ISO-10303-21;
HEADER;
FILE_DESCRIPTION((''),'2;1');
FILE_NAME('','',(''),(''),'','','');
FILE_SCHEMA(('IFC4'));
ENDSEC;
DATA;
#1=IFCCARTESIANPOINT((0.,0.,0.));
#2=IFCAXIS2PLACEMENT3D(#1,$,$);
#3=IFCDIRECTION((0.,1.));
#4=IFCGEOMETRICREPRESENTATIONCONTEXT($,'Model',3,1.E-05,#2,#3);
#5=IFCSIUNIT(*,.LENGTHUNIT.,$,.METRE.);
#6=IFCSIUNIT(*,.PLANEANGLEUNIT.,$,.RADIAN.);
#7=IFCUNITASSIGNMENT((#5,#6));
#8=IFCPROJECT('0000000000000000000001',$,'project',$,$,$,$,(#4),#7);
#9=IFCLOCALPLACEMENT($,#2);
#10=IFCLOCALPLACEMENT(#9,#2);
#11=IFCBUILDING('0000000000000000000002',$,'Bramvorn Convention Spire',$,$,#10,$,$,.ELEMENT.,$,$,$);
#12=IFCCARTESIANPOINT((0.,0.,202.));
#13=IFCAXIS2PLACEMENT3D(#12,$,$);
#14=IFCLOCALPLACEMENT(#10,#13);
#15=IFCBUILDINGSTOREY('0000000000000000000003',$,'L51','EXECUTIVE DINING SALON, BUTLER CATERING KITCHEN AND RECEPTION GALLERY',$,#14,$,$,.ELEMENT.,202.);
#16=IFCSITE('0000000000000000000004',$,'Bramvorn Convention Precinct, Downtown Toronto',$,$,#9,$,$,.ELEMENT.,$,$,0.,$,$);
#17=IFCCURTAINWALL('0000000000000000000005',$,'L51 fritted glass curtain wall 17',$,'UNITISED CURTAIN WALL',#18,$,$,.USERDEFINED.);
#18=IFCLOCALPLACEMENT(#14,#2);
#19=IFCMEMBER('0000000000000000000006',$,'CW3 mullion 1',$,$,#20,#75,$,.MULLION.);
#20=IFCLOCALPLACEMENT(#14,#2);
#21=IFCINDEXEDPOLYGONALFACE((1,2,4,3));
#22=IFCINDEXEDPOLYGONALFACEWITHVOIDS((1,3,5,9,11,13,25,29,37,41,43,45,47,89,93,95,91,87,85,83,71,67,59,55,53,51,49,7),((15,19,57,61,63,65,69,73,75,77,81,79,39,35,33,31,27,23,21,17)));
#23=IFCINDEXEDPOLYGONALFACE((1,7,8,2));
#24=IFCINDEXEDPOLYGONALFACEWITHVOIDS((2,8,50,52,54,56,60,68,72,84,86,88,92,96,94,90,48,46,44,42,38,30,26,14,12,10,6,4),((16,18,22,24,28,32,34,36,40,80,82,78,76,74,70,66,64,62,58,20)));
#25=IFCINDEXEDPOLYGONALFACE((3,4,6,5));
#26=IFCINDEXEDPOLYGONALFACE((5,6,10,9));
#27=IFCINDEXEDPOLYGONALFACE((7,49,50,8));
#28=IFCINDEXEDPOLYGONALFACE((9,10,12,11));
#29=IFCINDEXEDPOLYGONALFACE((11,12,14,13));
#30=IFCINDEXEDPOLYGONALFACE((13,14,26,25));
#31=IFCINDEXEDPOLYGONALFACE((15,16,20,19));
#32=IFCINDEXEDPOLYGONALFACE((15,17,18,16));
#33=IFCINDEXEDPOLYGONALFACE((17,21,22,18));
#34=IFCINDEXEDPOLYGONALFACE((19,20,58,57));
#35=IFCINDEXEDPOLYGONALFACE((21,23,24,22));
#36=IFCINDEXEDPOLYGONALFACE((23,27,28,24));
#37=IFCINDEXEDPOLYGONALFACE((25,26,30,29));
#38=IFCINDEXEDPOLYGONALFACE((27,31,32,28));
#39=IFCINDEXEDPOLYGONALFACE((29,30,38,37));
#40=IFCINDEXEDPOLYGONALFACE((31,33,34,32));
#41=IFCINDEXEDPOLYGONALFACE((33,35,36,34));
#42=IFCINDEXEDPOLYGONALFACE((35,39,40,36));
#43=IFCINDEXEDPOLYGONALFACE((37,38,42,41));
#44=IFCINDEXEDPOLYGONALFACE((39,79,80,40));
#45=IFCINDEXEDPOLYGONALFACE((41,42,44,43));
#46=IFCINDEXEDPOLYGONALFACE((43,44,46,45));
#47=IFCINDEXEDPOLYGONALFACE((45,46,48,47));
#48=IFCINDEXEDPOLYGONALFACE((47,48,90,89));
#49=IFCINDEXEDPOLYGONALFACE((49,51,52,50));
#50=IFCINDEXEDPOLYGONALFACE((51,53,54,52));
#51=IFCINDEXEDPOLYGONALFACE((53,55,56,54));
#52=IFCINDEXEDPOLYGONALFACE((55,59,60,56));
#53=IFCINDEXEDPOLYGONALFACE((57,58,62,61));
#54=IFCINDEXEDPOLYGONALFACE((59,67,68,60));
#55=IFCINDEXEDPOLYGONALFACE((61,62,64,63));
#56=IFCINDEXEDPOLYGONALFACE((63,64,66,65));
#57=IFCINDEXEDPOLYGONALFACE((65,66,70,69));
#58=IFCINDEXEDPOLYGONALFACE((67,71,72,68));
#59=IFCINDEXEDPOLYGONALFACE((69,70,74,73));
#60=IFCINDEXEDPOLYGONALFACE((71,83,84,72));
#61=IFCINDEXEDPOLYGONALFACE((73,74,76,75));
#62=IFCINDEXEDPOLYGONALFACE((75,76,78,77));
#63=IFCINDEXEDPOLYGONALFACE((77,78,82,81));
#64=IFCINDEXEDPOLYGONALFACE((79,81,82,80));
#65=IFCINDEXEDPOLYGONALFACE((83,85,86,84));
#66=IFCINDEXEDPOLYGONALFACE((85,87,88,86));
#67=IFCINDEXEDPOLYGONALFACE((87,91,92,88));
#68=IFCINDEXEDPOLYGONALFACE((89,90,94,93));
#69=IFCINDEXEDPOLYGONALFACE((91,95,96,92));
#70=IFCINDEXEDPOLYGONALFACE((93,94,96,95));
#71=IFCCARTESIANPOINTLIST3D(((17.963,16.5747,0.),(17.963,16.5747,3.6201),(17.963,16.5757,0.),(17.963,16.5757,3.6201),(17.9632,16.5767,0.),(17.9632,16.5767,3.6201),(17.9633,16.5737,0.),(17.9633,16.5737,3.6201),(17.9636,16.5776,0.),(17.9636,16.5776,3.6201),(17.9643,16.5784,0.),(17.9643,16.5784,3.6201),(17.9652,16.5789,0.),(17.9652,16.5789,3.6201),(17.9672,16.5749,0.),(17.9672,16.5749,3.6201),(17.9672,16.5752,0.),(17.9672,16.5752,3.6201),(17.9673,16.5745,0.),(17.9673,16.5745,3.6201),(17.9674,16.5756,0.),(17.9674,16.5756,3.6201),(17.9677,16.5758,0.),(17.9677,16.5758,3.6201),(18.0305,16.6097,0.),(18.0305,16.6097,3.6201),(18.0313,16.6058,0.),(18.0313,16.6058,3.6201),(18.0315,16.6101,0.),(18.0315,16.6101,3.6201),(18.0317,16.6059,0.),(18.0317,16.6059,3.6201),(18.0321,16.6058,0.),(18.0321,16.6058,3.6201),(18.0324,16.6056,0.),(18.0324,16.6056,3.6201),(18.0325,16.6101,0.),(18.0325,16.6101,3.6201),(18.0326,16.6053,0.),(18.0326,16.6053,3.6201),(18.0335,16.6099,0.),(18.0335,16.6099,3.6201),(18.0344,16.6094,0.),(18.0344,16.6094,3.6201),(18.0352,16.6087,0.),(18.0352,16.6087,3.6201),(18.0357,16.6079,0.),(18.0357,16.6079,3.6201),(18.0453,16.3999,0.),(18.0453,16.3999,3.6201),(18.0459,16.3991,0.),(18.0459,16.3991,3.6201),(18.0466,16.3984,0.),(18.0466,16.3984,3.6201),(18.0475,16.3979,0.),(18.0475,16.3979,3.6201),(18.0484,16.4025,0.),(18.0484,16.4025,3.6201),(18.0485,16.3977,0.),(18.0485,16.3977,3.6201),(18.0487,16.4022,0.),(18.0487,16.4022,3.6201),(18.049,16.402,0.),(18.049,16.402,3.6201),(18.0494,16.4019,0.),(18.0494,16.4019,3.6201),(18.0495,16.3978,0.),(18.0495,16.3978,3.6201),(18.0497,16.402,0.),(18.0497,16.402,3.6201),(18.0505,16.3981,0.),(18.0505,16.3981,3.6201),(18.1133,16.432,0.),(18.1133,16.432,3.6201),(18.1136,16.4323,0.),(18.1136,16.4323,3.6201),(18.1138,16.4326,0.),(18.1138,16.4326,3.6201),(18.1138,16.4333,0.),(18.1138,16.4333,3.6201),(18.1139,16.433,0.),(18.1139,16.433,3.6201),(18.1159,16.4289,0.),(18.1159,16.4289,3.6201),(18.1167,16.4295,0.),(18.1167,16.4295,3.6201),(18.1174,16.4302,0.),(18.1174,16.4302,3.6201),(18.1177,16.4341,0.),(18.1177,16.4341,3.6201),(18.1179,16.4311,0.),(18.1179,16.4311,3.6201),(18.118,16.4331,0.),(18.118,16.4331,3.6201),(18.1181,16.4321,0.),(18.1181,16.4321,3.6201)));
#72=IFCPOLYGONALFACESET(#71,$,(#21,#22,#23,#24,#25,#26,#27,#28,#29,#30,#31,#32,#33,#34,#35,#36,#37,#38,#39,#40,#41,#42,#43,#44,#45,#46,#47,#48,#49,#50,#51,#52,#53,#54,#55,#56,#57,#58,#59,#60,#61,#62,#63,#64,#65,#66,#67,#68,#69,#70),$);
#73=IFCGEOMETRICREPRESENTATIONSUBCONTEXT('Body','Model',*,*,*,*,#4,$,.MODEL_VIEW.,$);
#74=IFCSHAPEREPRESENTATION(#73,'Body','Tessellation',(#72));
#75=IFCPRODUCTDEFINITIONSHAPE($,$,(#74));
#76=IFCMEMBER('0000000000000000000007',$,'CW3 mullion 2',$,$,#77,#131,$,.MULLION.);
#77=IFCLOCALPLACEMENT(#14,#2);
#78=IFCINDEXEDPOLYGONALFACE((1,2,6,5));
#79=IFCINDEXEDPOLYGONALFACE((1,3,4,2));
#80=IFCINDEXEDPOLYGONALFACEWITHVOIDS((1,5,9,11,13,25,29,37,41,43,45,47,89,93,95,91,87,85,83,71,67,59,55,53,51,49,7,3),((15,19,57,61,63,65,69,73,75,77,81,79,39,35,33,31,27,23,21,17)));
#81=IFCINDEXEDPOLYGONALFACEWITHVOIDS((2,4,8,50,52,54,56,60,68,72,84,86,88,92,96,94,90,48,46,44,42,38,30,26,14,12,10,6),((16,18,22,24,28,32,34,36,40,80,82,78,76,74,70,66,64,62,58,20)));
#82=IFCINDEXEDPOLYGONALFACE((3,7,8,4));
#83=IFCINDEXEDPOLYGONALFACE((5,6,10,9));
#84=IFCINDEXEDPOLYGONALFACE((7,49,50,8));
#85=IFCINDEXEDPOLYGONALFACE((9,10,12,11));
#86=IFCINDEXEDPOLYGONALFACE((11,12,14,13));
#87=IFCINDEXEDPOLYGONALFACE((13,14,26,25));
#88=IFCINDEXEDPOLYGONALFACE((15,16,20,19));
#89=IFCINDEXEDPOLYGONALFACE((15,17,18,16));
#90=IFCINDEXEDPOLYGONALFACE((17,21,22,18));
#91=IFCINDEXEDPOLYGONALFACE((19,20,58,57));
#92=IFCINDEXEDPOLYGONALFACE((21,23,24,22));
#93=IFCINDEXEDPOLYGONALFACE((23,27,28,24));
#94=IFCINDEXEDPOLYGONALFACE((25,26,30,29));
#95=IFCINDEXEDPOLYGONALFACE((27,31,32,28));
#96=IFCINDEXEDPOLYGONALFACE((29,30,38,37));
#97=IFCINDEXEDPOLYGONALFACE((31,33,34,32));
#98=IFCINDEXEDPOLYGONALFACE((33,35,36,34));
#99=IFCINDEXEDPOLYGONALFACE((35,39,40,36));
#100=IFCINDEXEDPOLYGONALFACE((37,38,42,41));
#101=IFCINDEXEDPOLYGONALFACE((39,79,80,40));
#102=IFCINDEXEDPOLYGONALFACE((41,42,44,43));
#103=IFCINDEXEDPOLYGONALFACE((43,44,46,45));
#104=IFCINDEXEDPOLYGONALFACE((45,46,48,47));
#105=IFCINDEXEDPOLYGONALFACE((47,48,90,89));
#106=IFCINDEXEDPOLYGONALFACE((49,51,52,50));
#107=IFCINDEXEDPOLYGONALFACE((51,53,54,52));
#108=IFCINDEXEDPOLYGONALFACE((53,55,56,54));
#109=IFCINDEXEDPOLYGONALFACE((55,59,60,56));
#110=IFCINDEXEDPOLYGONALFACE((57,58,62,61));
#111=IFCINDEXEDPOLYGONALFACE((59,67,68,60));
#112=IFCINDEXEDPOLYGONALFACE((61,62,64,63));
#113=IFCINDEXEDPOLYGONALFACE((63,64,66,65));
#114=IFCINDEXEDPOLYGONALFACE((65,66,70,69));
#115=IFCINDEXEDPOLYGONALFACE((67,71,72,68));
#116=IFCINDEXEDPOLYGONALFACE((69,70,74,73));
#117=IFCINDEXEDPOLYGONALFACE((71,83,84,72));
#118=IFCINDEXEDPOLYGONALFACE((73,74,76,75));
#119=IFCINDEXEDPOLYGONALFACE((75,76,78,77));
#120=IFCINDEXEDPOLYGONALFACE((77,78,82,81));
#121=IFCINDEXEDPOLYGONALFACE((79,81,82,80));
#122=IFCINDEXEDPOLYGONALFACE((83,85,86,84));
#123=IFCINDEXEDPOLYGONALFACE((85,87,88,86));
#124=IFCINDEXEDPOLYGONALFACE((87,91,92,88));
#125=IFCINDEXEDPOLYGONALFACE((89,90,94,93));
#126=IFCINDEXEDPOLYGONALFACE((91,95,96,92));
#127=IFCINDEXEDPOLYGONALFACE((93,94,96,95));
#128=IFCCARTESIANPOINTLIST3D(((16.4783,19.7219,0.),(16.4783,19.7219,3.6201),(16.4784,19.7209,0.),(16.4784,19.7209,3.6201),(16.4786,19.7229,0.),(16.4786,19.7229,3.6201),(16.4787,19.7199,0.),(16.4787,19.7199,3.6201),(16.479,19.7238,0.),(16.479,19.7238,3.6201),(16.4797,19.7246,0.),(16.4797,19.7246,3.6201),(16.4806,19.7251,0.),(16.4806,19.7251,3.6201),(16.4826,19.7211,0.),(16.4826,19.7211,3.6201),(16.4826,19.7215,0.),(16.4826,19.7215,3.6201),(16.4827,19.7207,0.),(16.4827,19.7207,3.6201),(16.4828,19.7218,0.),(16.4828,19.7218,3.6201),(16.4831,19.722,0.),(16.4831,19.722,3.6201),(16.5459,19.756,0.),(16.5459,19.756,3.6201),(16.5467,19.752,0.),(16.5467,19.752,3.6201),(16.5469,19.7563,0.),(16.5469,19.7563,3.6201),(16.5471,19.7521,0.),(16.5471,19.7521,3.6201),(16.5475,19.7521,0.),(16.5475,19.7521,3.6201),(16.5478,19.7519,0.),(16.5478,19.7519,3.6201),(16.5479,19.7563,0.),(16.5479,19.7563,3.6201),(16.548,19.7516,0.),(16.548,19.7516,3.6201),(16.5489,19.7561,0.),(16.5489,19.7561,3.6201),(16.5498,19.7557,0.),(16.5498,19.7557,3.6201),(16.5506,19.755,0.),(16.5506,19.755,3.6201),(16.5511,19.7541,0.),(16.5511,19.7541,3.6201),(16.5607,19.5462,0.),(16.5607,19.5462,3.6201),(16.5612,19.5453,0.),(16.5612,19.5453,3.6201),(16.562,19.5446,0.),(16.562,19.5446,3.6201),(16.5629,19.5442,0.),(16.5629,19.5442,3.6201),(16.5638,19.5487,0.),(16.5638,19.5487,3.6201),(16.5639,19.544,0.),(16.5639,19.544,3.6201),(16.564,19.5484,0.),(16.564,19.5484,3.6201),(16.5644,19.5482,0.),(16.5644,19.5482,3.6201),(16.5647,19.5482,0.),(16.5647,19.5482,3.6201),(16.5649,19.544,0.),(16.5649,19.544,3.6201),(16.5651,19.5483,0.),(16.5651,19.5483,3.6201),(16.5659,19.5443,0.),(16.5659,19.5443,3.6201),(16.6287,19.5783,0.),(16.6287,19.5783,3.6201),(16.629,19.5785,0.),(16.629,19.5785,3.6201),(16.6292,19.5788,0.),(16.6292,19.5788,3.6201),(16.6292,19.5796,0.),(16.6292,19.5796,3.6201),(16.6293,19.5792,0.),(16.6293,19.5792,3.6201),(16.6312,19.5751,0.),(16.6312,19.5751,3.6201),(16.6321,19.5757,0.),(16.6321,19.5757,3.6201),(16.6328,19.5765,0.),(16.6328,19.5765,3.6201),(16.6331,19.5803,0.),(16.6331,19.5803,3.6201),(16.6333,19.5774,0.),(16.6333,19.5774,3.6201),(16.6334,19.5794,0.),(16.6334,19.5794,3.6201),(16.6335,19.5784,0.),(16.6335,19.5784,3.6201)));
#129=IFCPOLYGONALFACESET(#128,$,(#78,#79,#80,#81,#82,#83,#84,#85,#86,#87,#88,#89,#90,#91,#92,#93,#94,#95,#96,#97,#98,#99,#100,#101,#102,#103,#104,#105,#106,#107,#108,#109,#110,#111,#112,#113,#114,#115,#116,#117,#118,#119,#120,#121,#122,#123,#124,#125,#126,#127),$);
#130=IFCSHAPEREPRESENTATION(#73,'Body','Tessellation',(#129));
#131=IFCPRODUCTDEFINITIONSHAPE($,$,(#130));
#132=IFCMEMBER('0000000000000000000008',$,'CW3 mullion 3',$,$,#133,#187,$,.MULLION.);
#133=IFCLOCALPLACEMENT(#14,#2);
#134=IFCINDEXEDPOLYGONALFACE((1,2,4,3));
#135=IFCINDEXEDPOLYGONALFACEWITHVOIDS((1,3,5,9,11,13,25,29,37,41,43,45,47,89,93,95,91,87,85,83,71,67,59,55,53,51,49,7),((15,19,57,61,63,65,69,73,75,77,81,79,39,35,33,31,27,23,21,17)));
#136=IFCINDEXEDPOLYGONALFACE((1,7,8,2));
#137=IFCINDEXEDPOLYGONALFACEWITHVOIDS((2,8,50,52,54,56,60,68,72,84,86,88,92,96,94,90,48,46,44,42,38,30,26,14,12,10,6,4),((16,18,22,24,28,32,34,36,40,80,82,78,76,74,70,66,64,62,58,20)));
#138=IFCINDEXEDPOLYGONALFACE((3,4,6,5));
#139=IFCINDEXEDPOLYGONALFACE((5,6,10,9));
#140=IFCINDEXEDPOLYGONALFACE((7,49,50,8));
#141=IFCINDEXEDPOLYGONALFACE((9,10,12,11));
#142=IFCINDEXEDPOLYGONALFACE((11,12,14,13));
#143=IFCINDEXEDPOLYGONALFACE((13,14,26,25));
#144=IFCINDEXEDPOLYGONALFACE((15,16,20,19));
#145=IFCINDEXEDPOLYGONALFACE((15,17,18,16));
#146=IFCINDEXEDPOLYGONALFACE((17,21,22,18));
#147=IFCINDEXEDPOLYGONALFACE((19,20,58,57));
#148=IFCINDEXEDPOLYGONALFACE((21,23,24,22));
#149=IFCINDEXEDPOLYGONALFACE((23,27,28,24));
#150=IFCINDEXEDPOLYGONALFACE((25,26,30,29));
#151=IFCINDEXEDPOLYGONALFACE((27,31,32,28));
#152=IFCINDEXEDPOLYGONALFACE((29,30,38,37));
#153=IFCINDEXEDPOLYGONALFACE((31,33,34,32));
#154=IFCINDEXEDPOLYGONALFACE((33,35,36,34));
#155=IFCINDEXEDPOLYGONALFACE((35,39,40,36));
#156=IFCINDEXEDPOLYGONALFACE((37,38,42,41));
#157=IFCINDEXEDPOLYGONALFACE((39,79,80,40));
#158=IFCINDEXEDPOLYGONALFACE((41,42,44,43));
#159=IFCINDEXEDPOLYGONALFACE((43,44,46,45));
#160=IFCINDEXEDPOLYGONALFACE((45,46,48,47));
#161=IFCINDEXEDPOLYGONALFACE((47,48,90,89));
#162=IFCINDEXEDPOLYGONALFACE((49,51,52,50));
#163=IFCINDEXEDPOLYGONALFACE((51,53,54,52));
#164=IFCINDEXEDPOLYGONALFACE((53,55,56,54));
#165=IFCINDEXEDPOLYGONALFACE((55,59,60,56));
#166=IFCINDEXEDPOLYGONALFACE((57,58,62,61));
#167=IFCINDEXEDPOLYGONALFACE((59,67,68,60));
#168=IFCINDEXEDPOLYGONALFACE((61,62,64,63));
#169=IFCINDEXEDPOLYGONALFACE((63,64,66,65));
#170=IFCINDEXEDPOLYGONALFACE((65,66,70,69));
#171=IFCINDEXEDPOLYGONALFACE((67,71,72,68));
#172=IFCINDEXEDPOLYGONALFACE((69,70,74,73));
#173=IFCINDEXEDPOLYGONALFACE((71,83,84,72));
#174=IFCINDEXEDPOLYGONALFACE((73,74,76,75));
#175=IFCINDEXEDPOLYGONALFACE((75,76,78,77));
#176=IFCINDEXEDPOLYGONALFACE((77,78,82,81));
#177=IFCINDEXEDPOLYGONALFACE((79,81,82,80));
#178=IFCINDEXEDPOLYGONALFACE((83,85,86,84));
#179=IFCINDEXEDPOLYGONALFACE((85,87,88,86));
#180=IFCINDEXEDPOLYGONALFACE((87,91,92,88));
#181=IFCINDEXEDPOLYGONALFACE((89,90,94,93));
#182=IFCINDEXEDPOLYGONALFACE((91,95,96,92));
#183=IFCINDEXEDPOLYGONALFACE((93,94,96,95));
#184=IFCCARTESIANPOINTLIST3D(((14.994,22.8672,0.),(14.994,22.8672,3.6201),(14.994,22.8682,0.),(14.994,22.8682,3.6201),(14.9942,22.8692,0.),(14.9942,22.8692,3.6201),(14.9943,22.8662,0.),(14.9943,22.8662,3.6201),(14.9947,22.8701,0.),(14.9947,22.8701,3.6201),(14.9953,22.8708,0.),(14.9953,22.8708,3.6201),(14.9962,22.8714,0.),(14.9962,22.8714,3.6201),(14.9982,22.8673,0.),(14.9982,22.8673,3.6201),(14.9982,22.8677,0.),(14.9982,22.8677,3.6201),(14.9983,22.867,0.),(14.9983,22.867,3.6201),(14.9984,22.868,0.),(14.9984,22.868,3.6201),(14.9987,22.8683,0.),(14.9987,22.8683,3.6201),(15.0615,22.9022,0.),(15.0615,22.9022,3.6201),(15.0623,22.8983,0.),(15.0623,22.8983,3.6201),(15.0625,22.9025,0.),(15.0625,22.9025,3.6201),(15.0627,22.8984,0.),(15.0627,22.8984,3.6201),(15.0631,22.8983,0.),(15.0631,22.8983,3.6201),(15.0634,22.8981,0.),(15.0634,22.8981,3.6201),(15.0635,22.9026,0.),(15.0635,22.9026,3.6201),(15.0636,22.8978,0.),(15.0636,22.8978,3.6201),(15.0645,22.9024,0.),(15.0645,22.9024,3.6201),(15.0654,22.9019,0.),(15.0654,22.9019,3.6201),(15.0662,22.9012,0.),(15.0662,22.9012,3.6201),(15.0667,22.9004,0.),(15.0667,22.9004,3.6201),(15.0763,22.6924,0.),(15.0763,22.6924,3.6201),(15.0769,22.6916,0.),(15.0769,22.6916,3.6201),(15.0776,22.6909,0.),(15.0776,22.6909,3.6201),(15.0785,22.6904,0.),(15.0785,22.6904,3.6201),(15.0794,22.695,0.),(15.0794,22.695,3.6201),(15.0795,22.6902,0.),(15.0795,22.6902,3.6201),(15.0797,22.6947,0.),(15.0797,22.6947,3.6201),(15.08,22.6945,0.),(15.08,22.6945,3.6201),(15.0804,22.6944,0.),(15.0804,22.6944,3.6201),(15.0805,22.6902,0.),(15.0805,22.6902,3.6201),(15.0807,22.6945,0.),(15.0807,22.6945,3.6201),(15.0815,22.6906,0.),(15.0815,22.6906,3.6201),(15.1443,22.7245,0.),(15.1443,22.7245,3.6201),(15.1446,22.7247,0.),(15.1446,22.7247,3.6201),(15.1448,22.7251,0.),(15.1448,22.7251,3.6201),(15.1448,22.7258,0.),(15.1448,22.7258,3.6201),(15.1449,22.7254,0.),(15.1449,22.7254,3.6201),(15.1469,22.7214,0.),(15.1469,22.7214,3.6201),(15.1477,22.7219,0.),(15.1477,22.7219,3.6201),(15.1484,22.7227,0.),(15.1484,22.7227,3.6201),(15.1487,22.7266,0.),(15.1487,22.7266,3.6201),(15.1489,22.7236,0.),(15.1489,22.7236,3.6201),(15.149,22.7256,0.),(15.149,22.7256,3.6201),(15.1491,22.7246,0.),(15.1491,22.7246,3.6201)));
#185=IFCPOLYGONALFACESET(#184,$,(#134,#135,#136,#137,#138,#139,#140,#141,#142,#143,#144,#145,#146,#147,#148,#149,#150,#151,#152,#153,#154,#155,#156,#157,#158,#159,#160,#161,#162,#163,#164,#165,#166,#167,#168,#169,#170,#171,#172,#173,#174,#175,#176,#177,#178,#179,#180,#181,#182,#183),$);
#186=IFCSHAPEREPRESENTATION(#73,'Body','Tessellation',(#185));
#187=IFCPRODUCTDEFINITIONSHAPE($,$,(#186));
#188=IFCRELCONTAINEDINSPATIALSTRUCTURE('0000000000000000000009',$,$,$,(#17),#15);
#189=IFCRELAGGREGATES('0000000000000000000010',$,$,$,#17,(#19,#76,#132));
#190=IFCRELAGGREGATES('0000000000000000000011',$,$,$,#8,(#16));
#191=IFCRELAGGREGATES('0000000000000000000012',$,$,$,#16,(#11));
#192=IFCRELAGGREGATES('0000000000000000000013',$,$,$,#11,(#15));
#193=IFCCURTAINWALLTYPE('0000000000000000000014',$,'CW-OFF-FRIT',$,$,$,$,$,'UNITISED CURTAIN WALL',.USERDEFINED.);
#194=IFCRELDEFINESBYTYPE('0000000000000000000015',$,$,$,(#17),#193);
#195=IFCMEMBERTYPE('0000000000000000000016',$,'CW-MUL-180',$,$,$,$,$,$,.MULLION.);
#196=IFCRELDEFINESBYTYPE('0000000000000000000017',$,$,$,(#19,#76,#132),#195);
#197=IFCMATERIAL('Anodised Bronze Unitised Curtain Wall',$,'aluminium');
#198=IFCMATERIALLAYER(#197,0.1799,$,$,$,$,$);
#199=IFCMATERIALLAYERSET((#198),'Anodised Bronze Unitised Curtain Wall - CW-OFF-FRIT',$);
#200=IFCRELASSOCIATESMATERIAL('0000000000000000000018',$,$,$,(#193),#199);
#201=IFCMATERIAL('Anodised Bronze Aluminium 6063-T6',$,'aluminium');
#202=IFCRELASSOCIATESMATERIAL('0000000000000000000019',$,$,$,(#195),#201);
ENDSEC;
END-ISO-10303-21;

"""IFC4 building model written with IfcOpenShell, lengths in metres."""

from ifc_helpers import new_model, si_unit, direction, frame, origin, origin_2d, place, context, subcontext, project, spatial, hollow_rectangle, extrude, material, layer, layer_set, material_profile, profile_set, type_object, element, aggregate, save


model = new_model("IFC4")

# Units and contexts
model_context = context("Model", 3, precision=1e-05, world=origin(), true_north=direction((0.0, 1.0)))
body_context = subcontext(model_context, "Body", "Model", "MODEL_VIEW")
ifc_project = project(units=[si_unit("LENGTHUNIT", "METRE"), si_unit("PLANEANGLEUNIT", "RADIAN")], contexts=[model_context])

# Site, building, storey
site_placement = place(None, origin())
site = spatial("IfcSite", under=ifc_project, at=site_placement, Name="Bramvorn Convention Precinct, Downtown Toronto", CompositionType="ELEMENT", RefElevation=0.0)
building_placement = place(site_placement, origin())
building = spatial("IfcBuilding", under=site, at=building_placement, Name="Bramvorn Convention Spire", CompositionType="ELEMENT")
storey_placement = place(building_placement, frame((0.0, 0.0, 202.0)))
storey = spatial("IfcBuildingStorey", under=building, at=storey_placement, Name="L51", Description="EXECUTIVE DINING SALON, BUTLER CATERING KITCHEN AND RECEPTION GALLERY", CompositionType="ELEMENT", Elevation=202.0)

# Curtain wall, members
ifc_material_1 = material(Name="Anodised Bronze Unitised Curtain Wall", Category="aluminium")
ifc_layer_1 = layer(ifc_material_1, 0.1799)
ifc_layer_set_1 = layer_set([ifc_layer_1], Name="Anodised Bronze Unitised Curtain Wall - CW-OFF-FRIT")
curtain_wall_type = type_object("IfcCurtainWallType", Name="CW-OFF-FRIT", ElementType="UNITISED CURTAIN WALL", PredefinedType="USERDEFINED", material=ifc_layer_set_1)
curtain_wall_1_placement = place(storey_placement, origin())
curtain_wall_1 = element("IfcCurtainWall", 1, at=curtain_wall_1_placement, inside=storey, type_object=curtain_wall_type, Name="L51 fritted glass curtain wall 17", ObjectType="UNITISED CURTAIN WALL", PredefinedType="USERDEFINED")
ifc_material_2 = material(Name="Anodised Bronze Aluminium 6063-T6", Category="aluminium")
ifc_material_profile_1 = material_profile(ifc_material_2, hollow_rectangle(XDim=0.0801, YDim=0.2, WallThickness=0.0039, InnerFilletRadius=0.001, OuterFilletRadius=0.0039, at=origin_2d()))
ifc_profile_set_1 = profile_set([ifc_material_profile_1], Name="Anodised Bronze Aluminium 6063-T6 - CWM80X200")
member_type_1 = type_object("IfcMemberType", Name="CW-MUL-180", PredefinedType="MULLION", material=ifc_profile_set_1)
member_1_placement = place(storey_placement, frame((18.0405, 16.5039, 0.0), z_axis=(0.0, 0.0, 1.0), x_axis=(-0.904384, -0.42672, 0.0)))
member_1 = element("IfcMember", 2, at=member_1_placement, type_object=member_type_1, Name="CW3 mullion 1", PredefinedType="MULLION", context=body_context, shape_type="SweptSolid", body=[
    extrude(hollow_rectangle(XDim=0.0801, YDim=0.2, WallThickness=0.0039, InnerFilletRadius=0.001, OuterFilletRadius=0.0039, at=origin_2d()), origin(), (0.0, 0.0, 1.0), 3.6201),
])
member_2_placement = place(storey_placement, frame((16.5559, 19.6501, 0.0), z_axis=(0.0, 0.0, 1.0), x_axis=(-0.904384, -0.42672, 0.0)))
member_2 = element("IfcMember", 3, at=member_2_placement, type_object=member_type_1, Name="CW3 mullion 2", PredefinedType="MULLION", context=body_context, shape_type="SweptSolid", body=[
    extrude(hollow_rectangle(XDim=0.0801, YDim=0.2, WallThickness=0.0039, InnerFilletRadius=0.001, OuterFilletRadius=0.0039, at=origin_2d()), origin(), (0.0, 0.0, 1.0), 3.6201),
])
member_3_placement = place(storey_placement, frame((15.0715, 22.7964, 0.0), z_axis=(0.0, 0.0, 1.0), x_axis=(-0.904384, -0.42672, 0.0)))
member_3 = element("IfcMember", 4, at=member_3_placement, type_object=member_type_1, Name="CW3 mullion 3", PredefinedType="MULLION", context=body_context, shape_type="SweptSolid", body=[
    extrude(hollow_rectangle(XDim=0.0801, YDim=0.2, WallThickness=0.0039, InnerFilletRadius=0.001, OuterFilletRadius=0.0039, at=origin_2d()), origin(), (0.0, 0.0, 1.0), 3.6201),
])

aggregate(curtain_wall_1, [member_1, member_2, member_3])

save(model, "model.ifc")
